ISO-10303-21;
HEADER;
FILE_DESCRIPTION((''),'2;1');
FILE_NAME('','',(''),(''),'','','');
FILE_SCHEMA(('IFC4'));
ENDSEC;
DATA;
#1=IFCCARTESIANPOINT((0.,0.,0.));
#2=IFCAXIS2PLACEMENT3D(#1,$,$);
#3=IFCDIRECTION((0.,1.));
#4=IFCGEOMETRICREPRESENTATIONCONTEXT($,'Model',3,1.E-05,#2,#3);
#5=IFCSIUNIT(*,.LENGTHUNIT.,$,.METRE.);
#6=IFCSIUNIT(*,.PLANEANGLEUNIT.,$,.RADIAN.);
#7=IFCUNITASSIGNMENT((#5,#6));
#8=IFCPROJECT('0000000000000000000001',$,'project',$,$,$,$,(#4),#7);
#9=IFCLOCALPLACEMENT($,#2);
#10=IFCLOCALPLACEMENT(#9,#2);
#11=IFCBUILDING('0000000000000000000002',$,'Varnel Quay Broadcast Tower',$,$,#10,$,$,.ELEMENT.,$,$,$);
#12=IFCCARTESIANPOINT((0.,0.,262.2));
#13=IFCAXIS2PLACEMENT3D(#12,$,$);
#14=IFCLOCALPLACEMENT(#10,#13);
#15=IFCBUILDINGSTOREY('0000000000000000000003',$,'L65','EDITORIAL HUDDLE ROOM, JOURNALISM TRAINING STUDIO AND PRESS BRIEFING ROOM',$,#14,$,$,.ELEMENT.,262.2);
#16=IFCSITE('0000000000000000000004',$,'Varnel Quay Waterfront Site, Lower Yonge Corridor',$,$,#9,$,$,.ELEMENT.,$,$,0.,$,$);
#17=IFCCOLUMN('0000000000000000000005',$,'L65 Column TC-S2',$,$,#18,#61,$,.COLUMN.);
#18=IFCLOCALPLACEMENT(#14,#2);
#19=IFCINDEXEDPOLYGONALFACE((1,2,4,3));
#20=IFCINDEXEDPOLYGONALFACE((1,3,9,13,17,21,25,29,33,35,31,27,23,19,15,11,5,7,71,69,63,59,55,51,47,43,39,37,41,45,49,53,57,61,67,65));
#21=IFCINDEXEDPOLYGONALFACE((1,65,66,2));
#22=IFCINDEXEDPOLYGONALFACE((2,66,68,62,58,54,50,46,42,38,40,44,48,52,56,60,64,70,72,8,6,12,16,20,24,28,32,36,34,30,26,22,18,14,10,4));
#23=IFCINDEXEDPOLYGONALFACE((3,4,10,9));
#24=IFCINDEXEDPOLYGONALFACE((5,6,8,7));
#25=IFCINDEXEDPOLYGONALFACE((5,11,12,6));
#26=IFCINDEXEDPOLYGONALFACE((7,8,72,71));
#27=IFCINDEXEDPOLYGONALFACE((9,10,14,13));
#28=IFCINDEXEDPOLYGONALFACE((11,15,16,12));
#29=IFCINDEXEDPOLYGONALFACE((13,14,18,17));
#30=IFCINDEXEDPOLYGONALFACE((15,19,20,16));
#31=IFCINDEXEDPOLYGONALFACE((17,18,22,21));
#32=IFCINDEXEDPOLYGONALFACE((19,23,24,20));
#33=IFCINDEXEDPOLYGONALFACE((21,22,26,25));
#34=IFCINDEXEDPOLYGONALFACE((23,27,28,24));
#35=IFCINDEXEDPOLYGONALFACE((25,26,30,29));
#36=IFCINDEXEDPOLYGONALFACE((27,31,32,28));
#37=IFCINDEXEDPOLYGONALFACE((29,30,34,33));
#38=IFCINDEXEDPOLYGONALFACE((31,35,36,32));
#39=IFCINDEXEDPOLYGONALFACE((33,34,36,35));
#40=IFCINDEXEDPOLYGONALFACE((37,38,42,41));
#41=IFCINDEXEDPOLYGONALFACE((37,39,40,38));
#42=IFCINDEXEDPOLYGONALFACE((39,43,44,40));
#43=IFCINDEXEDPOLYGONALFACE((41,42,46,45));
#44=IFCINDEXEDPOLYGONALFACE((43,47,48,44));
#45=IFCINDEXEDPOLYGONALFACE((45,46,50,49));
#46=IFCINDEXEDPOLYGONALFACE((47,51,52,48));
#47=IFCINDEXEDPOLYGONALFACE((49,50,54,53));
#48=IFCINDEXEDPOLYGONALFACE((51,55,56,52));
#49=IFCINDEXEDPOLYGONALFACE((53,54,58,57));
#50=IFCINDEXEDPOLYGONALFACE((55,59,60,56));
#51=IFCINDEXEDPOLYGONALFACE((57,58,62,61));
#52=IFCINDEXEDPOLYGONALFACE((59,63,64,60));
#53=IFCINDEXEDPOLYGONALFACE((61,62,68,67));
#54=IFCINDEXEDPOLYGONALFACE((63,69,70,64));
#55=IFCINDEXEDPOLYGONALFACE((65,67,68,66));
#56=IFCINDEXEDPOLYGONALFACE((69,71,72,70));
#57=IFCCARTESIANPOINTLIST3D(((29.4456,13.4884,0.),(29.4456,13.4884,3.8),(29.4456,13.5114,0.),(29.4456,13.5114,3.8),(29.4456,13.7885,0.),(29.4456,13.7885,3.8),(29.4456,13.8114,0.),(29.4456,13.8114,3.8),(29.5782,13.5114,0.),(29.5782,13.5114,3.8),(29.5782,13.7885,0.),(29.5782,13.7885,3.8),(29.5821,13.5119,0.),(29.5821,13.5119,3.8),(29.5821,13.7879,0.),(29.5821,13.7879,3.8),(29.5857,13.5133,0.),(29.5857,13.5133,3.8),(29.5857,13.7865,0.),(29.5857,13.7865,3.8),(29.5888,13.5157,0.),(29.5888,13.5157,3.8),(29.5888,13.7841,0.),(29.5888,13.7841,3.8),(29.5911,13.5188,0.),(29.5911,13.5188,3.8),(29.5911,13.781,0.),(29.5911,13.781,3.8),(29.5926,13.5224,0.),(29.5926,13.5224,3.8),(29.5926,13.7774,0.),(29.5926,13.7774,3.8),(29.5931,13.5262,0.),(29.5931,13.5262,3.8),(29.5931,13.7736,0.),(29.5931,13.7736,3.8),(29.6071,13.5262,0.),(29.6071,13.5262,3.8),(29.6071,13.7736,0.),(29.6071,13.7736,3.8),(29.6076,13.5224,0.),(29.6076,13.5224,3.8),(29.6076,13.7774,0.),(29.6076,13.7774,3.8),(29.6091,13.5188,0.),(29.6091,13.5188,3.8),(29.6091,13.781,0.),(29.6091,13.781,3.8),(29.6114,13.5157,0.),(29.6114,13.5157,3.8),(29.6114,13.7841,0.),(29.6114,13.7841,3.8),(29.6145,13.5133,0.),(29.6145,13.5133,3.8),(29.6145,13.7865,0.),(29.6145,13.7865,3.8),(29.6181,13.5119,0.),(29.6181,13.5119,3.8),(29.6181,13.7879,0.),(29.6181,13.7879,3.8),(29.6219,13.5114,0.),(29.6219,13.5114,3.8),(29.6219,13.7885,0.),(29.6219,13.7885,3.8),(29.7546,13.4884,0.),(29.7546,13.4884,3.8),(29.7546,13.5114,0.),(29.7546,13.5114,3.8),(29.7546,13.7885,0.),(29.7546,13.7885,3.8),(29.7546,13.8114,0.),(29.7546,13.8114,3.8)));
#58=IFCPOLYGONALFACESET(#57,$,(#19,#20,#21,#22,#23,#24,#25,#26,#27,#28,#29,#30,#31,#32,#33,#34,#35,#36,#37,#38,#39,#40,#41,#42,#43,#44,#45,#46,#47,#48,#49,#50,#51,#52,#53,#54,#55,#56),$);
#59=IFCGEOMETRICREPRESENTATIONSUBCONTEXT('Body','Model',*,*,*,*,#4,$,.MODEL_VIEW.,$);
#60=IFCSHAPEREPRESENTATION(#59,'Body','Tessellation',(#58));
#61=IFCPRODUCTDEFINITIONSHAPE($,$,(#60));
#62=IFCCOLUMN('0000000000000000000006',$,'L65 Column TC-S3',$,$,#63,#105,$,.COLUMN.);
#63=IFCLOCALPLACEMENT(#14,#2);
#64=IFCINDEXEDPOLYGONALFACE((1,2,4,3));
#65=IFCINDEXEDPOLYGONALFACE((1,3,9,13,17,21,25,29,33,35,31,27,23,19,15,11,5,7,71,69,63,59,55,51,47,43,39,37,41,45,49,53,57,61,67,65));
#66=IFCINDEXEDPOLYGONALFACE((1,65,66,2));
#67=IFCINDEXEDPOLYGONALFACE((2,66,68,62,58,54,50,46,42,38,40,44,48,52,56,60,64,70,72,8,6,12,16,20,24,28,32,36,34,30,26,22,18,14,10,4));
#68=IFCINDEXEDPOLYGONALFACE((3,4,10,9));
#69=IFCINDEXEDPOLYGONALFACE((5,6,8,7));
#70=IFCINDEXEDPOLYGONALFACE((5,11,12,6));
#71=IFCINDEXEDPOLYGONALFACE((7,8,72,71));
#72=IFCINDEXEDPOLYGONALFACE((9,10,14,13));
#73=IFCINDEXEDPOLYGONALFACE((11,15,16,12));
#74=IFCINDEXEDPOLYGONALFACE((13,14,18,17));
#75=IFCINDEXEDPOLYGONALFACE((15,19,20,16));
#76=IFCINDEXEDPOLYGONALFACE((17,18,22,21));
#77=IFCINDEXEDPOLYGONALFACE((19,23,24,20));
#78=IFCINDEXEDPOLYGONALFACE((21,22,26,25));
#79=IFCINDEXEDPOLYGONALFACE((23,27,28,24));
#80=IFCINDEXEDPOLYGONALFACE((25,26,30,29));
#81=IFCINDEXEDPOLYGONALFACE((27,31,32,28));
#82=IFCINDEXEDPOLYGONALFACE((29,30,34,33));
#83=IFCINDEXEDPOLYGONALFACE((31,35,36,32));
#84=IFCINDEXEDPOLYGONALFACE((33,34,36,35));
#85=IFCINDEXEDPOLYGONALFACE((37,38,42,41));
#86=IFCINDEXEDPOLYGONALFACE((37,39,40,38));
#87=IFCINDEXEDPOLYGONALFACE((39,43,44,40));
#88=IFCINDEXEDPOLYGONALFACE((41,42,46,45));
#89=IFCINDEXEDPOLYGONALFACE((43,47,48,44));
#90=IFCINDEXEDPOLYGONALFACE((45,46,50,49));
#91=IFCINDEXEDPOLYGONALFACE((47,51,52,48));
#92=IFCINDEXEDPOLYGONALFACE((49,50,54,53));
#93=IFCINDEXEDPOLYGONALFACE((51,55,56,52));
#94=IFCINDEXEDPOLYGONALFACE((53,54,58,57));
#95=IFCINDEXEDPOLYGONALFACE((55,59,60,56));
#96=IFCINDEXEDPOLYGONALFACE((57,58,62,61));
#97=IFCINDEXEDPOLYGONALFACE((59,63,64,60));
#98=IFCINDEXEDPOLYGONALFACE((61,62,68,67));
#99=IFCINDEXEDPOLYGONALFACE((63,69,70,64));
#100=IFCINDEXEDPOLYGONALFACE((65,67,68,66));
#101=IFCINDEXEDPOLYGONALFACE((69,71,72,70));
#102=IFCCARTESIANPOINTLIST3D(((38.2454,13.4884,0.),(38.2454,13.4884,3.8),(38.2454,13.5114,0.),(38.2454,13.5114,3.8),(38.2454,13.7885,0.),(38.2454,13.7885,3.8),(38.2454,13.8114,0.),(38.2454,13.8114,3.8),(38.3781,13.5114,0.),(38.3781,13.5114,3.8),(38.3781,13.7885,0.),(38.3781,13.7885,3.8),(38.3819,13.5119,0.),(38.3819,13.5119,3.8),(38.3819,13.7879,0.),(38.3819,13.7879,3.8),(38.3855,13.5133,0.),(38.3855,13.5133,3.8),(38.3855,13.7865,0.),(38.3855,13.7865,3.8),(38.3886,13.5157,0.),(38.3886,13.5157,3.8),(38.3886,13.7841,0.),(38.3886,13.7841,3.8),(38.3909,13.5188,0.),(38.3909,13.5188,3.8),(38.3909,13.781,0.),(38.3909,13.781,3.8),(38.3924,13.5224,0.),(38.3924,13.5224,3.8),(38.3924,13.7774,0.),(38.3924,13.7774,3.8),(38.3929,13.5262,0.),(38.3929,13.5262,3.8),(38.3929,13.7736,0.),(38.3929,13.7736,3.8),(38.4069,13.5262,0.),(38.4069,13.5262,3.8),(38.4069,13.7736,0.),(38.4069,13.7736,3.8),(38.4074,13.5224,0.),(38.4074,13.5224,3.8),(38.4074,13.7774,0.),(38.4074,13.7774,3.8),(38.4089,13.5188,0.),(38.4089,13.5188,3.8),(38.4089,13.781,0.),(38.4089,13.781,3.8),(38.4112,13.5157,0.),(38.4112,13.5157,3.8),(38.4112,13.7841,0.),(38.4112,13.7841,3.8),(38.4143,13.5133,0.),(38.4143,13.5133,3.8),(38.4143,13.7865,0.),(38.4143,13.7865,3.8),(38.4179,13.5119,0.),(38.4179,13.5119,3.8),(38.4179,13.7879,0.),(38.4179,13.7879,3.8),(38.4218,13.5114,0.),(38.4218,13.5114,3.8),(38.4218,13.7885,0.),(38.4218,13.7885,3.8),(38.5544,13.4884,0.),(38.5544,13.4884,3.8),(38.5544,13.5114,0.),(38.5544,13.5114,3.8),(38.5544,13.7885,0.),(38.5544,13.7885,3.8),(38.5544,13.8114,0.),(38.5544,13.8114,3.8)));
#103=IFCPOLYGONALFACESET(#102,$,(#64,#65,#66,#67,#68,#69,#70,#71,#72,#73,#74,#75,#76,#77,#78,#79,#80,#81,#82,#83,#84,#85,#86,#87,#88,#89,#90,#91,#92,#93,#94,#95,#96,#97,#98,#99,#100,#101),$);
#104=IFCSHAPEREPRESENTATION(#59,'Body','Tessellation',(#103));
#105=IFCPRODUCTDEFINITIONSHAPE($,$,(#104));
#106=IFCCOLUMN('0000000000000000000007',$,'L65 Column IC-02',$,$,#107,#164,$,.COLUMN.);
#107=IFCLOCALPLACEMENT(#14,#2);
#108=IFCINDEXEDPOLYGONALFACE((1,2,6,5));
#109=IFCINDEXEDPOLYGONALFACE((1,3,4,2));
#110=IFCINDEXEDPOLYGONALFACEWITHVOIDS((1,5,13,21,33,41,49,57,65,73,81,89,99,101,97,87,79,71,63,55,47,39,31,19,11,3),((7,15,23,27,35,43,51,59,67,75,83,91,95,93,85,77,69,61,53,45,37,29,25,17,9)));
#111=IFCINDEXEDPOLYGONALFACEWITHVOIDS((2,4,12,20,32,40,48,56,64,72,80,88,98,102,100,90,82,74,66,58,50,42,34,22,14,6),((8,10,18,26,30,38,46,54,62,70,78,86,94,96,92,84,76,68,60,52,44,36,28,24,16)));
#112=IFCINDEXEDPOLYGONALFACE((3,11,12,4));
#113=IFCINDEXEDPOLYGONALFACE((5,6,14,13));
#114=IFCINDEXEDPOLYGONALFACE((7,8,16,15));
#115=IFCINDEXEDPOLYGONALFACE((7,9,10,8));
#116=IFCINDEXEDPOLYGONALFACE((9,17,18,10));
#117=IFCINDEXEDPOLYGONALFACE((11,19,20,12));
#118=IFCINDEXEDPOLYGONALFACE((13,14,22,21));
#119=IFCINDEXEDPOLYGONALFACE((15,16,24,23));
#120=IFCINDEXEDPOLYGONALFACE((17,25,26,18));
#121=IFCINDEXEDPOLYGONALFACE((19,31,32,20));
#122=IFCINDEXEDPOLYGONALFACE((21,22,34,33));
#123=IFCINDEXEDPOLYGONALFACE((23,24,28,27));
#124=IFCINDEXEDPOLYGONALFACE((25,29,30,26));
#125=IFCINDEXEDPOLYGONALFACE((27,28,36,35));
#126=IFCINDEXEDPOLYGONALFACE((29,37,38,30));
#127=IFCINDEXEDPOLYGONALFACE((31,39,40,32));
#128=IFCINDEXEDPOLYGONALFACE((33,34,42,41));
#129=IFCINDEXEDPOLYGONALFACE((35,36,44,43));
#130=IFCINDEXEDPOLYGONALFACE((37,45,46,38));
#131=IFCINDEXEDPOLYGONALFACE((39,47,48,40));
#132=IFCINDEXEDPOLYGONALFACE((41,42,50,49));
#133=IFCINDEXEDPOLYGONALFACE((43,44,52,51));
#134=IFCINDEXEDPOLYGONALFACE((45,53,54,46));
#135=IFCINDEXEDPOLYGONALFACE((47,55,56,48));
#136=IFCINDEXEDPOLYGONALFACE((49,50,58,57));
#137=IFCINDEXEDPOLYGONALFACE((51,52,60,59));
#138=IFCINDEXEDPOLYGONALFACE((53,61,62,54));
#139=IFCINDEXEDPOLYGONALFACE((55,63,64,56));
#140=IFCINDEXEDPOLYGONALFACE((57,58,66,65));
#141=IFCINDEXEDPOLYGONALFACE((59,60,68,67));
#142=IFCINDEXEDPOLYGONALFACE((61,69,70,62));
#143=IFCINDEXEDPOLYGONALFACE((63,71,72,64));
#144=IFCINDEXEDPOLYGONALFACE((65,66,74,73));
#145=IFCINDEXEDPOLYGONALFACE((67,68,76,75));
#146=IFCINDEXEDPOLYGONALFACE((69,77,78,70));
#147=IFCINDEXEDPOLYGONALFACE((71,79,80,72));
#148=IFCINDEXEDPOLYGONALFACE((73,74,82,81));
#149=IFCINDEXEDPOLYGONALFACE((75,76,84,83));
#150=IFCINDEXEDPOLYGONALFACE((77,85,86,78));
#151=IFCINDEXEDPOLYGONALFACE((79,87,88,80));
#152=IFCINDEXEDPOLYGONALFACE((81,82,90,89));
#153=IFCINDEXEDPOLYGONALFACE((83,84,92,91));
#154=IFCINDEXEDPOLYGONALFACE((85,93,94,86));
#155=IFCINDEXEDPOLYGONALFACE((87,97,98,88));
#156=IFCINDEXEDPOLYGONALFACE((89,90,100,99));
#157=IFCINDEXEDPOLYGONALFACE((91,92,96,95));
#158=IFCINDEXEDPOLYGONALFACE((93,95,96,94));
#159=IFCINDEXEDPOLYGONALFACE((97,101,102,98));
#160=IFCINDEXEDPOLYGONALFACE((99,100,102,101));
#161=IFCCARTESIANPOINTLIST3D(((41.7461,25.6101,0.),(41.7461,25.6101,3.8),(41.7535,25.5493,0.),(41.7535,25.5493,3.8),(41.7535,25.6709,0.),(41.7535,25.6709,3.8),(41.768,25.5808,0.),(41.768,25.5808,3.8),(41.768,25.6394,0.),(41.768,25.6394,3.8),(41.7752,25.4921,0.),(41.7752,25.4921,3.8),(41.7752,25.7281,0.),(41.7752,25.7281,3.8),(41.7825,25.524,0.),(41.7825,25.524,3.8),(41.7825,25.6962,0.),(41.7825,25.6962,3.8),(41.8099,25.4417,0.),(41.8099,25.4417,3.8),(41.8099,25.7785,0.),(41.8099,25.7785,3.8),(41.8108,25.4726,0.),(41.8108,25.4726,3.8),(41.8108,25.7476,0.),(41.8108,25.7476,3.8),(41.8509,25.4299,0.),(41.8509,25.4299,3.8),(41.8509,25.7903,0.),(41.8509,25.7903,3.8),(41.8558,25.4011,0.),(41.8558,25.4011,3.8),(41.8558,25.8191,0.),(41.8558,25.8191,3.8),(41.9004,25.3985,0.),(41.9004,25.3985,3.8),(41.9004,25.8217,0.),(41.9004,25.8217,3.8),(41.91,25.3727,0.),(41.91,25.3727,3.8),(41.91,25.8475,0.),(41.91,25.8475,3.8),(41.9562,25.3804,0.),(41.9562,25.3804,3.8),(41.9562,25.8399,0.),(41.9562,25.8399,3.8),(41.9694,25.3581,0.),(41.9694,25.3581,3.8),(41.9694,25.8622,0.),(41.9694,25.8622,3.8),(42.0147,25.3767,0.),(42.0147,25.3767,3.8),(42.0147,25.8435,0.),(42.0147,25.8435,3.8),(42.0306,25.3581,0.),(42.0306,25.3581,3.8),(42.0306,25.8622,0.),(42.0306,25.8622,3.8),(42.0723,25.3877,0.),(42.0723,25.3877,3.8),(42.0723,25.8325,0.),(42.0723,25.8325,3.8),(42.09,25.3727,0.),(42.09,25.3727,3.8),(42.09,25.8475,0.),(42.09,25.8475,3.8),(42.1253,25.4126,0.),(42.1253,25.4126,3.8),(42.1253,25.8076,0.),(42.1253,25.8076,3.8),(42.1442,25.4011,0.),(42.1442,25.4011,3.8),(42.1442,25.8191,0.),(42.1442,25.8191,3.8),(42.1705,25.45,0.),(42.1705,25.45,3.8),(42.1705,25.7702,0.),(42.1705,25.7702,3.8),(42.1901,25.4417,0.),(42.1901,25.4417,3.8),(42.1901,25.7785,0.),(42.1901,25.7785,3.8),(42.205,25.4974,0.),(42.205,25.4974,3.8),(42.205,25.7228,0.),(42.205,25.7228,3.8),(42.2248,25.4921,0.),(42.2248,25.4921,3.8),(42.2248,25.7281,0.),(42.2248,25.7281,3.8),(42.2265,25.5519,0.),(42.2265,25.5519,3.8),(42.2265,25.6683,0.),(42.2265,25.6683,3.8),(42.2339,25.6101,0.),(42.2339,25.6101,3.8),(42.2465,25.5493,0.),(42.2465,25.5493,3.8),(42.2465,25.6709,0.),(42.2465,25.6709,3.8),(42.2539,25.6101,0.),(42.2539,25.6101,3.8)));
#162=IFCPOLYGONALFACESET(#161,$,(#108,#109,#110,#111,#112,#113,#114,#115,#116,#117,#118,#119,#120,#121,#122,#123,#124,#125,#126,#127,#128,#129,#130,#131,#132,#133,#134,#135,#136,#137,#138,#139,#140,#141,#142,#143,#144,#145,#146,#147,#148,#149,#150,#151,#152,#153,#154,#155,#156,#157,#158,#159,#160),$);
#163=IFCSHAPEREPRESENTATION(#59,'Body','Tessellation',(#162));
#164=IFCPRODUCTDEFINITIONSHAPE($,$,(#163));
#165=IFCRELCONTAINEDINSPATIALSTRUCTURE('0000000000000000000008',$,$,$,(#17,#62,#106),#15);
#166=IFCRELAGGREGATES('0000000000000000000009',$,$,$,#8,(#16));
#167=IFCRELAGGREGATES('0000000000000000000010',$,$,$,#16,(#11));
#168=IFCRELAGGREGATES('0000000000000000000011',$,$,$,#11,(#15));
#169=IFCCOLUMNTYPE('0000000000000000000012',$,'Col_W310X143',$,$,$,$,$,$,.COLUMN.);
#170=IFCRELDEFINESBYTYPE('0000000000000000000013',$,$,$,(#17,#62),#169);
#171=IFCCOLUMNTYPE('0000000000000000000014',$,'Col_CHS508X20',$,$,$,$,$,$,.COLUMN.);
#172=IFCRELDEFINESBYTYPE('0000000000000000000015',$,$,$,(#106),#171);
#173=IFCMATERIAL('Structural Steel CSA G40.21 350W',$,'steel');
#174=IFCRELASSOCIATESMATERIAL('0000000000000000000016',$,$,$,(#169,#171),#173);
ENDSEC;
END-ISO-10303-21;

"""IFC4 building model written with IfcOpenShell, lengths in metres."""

from ifc_helpers import new_model, si_unit, direction, frame, origin, origin_2d, place, context, subcontext, project, spatial, hollow_circle, i_section, extrude, source, transform, mapped, material, material_profile, profile_set, type_object, type_shapes, element, save


model = new_model("IFC4")

# Units and contexts
model_context = context("Model", 3, precision=1e-05, world=origin(), true_north=direction((0.0, 1.0)))
body_context = subcontext(model_context, "Body", "Model", "MODEL_VIEW")
ifc_project = project(units=[si_unit("LENGTHUNIT", "METRE"), si_unit("PLANEANGLEUNIT", "RADIAN")], contexts=[model_context])

# Site, building, storey
site_placement = place(None, origin())
site = spatial("IfcSite", under=ifc_project, at=site_placement, Name="Varnel Quay Waterfront Site, Lower Yonge Corridor", CompositionType="ELEMENT", RefElevation=0.0)
building_placement = place(site_placement, origin())
building = spatial("IfcBuilding", under=site, at=building_placement, Name="Varnel Quay Broadcast Tower", CompositionType="ELEMENT")
storey_placement = place(building_placement, frame((0.0, 0.0, 262.2)))
storey = spatial("IfcBuildingStorey", under=building, at=storey_placement, Name="L65", Description="EDITORIAL HUDDLE ROOM, JOURNALISM TRAINING STUDIO AND PRESS BRIEFING ROOM", CompositionType="ELEMENT", Elevation=262.2)

# Columns
ifc_material_1 = material(Name="Structural Steel CSA G40.21 350W", Category="steel")
ifc_material_profile_1 = material_profile(ifc_material_1, i_section(OverallWidth=0.3091, OverallDepth=0.323, WebThickness=0.0139, FlangeThickness=0.0229, FilletRadius=0.0149, at=origin_2d()), Name="W310X143")
ifc_profile_set_1 = profile_set([ifc_material_profile_1], Name="Structural Steel CSA G40.21 350W")
column_type_1 = type_object("IfcColumnType", Name="Col_W310X143", PredefinedType="COLUMN", material=ifc_profile_set_1)
shared_shape_1 = source(origin(), body_context, "Body", "SweptSolid", [
    extrude(i_section(OverallWidth=0.3091, OverallDepth=0.323, WebThickness=0.0139, FlangeThickness=0.0229, FilletRadius=0.0149, at=origin_2d()), origin(), (0.0, 0.0, 1.0), 3.8),
])
type_shapes(column_type_1, [shared_shape_1])
for number, where, z_axis, x_axis, name in (
    (1, (29.6001, 13.6499, 0.0), (0.0, 0.0, 1.0), (1.0, 0.0, 0.0), "L65 Column TC-S2"),
    (2, (38.3999, 13.6499, 0.0), (0.0, 0.0, 1.0), (1.0, 0.0, 0.0), "L65 Column TC-S3"),
):
    element("IfcColumn", number, at=place(storey_placement, frame(where, z_axis=z_axis, x_axis=x_axis)), inside=storey, type_object=column_type_1, Name=name, PredefinedType="COLUMN", context=body_context, shape_type="MappedRepresentation", body=[
        mapped(shared_shape_1, transform((0.0, 0.0, 0.0), x_axis=(1.0, 0.0, 0.0), y_axis=(0.0, 1.0, 0.0), z_axis=(0.0, 0.0, 1.0), scale=1.0)),
    ])
ifc_material_profile_2 = material_profile(ifc_material_1, hollow_circle(Radius=0.2539, WallThickness=0.02, at=origin_2d()), Name="CHS508X20")
ifc_profile_set_2 = profile_set([ifc_material_profile_2], Name="Structural Steel CSA G40.21 350W")
column_type_2 = type_object("IfcColumnType", Name="Col_CHS508X20", PredefinedType="COLUMN", material=ifc_profile_set_2)
shared_shape_2 = source(origin(), body_context, "Body", "SweptSolid", [
    extrude(hollow_circle(Radius=0.2539, WallThickness=0.02, at=origin_2d()), origin(), (0.0, 0.0, 1.0), 3.8),
])
type_shapes(column_type_2, [shared_shape_2])
column_placement = place(storey_placement, frame((42.0, 25.6101, 0.0), z_axis=(0.0, 0.0, 1.0), x_axis=(1.0, 0.0, 0.0)))
element("IfcColumn", 3, at=column_placement, inside=storey, type_object=column_type_2, Name="L65 Column IC-02", PredefinedType="COLUMN", context=body_context, shape_type="MappedRepresentation", body=[
    mapped(shared_shape_2, transform((0.0, 0.0, 0.0), x_axis=(1.0, 0.0, 0.0), y_axis=(0.0, 1.0, 0.0), z_axis=(0.0, 0.0, 1.0), scale=1.0)),
])

save(model, "model.ifc")
